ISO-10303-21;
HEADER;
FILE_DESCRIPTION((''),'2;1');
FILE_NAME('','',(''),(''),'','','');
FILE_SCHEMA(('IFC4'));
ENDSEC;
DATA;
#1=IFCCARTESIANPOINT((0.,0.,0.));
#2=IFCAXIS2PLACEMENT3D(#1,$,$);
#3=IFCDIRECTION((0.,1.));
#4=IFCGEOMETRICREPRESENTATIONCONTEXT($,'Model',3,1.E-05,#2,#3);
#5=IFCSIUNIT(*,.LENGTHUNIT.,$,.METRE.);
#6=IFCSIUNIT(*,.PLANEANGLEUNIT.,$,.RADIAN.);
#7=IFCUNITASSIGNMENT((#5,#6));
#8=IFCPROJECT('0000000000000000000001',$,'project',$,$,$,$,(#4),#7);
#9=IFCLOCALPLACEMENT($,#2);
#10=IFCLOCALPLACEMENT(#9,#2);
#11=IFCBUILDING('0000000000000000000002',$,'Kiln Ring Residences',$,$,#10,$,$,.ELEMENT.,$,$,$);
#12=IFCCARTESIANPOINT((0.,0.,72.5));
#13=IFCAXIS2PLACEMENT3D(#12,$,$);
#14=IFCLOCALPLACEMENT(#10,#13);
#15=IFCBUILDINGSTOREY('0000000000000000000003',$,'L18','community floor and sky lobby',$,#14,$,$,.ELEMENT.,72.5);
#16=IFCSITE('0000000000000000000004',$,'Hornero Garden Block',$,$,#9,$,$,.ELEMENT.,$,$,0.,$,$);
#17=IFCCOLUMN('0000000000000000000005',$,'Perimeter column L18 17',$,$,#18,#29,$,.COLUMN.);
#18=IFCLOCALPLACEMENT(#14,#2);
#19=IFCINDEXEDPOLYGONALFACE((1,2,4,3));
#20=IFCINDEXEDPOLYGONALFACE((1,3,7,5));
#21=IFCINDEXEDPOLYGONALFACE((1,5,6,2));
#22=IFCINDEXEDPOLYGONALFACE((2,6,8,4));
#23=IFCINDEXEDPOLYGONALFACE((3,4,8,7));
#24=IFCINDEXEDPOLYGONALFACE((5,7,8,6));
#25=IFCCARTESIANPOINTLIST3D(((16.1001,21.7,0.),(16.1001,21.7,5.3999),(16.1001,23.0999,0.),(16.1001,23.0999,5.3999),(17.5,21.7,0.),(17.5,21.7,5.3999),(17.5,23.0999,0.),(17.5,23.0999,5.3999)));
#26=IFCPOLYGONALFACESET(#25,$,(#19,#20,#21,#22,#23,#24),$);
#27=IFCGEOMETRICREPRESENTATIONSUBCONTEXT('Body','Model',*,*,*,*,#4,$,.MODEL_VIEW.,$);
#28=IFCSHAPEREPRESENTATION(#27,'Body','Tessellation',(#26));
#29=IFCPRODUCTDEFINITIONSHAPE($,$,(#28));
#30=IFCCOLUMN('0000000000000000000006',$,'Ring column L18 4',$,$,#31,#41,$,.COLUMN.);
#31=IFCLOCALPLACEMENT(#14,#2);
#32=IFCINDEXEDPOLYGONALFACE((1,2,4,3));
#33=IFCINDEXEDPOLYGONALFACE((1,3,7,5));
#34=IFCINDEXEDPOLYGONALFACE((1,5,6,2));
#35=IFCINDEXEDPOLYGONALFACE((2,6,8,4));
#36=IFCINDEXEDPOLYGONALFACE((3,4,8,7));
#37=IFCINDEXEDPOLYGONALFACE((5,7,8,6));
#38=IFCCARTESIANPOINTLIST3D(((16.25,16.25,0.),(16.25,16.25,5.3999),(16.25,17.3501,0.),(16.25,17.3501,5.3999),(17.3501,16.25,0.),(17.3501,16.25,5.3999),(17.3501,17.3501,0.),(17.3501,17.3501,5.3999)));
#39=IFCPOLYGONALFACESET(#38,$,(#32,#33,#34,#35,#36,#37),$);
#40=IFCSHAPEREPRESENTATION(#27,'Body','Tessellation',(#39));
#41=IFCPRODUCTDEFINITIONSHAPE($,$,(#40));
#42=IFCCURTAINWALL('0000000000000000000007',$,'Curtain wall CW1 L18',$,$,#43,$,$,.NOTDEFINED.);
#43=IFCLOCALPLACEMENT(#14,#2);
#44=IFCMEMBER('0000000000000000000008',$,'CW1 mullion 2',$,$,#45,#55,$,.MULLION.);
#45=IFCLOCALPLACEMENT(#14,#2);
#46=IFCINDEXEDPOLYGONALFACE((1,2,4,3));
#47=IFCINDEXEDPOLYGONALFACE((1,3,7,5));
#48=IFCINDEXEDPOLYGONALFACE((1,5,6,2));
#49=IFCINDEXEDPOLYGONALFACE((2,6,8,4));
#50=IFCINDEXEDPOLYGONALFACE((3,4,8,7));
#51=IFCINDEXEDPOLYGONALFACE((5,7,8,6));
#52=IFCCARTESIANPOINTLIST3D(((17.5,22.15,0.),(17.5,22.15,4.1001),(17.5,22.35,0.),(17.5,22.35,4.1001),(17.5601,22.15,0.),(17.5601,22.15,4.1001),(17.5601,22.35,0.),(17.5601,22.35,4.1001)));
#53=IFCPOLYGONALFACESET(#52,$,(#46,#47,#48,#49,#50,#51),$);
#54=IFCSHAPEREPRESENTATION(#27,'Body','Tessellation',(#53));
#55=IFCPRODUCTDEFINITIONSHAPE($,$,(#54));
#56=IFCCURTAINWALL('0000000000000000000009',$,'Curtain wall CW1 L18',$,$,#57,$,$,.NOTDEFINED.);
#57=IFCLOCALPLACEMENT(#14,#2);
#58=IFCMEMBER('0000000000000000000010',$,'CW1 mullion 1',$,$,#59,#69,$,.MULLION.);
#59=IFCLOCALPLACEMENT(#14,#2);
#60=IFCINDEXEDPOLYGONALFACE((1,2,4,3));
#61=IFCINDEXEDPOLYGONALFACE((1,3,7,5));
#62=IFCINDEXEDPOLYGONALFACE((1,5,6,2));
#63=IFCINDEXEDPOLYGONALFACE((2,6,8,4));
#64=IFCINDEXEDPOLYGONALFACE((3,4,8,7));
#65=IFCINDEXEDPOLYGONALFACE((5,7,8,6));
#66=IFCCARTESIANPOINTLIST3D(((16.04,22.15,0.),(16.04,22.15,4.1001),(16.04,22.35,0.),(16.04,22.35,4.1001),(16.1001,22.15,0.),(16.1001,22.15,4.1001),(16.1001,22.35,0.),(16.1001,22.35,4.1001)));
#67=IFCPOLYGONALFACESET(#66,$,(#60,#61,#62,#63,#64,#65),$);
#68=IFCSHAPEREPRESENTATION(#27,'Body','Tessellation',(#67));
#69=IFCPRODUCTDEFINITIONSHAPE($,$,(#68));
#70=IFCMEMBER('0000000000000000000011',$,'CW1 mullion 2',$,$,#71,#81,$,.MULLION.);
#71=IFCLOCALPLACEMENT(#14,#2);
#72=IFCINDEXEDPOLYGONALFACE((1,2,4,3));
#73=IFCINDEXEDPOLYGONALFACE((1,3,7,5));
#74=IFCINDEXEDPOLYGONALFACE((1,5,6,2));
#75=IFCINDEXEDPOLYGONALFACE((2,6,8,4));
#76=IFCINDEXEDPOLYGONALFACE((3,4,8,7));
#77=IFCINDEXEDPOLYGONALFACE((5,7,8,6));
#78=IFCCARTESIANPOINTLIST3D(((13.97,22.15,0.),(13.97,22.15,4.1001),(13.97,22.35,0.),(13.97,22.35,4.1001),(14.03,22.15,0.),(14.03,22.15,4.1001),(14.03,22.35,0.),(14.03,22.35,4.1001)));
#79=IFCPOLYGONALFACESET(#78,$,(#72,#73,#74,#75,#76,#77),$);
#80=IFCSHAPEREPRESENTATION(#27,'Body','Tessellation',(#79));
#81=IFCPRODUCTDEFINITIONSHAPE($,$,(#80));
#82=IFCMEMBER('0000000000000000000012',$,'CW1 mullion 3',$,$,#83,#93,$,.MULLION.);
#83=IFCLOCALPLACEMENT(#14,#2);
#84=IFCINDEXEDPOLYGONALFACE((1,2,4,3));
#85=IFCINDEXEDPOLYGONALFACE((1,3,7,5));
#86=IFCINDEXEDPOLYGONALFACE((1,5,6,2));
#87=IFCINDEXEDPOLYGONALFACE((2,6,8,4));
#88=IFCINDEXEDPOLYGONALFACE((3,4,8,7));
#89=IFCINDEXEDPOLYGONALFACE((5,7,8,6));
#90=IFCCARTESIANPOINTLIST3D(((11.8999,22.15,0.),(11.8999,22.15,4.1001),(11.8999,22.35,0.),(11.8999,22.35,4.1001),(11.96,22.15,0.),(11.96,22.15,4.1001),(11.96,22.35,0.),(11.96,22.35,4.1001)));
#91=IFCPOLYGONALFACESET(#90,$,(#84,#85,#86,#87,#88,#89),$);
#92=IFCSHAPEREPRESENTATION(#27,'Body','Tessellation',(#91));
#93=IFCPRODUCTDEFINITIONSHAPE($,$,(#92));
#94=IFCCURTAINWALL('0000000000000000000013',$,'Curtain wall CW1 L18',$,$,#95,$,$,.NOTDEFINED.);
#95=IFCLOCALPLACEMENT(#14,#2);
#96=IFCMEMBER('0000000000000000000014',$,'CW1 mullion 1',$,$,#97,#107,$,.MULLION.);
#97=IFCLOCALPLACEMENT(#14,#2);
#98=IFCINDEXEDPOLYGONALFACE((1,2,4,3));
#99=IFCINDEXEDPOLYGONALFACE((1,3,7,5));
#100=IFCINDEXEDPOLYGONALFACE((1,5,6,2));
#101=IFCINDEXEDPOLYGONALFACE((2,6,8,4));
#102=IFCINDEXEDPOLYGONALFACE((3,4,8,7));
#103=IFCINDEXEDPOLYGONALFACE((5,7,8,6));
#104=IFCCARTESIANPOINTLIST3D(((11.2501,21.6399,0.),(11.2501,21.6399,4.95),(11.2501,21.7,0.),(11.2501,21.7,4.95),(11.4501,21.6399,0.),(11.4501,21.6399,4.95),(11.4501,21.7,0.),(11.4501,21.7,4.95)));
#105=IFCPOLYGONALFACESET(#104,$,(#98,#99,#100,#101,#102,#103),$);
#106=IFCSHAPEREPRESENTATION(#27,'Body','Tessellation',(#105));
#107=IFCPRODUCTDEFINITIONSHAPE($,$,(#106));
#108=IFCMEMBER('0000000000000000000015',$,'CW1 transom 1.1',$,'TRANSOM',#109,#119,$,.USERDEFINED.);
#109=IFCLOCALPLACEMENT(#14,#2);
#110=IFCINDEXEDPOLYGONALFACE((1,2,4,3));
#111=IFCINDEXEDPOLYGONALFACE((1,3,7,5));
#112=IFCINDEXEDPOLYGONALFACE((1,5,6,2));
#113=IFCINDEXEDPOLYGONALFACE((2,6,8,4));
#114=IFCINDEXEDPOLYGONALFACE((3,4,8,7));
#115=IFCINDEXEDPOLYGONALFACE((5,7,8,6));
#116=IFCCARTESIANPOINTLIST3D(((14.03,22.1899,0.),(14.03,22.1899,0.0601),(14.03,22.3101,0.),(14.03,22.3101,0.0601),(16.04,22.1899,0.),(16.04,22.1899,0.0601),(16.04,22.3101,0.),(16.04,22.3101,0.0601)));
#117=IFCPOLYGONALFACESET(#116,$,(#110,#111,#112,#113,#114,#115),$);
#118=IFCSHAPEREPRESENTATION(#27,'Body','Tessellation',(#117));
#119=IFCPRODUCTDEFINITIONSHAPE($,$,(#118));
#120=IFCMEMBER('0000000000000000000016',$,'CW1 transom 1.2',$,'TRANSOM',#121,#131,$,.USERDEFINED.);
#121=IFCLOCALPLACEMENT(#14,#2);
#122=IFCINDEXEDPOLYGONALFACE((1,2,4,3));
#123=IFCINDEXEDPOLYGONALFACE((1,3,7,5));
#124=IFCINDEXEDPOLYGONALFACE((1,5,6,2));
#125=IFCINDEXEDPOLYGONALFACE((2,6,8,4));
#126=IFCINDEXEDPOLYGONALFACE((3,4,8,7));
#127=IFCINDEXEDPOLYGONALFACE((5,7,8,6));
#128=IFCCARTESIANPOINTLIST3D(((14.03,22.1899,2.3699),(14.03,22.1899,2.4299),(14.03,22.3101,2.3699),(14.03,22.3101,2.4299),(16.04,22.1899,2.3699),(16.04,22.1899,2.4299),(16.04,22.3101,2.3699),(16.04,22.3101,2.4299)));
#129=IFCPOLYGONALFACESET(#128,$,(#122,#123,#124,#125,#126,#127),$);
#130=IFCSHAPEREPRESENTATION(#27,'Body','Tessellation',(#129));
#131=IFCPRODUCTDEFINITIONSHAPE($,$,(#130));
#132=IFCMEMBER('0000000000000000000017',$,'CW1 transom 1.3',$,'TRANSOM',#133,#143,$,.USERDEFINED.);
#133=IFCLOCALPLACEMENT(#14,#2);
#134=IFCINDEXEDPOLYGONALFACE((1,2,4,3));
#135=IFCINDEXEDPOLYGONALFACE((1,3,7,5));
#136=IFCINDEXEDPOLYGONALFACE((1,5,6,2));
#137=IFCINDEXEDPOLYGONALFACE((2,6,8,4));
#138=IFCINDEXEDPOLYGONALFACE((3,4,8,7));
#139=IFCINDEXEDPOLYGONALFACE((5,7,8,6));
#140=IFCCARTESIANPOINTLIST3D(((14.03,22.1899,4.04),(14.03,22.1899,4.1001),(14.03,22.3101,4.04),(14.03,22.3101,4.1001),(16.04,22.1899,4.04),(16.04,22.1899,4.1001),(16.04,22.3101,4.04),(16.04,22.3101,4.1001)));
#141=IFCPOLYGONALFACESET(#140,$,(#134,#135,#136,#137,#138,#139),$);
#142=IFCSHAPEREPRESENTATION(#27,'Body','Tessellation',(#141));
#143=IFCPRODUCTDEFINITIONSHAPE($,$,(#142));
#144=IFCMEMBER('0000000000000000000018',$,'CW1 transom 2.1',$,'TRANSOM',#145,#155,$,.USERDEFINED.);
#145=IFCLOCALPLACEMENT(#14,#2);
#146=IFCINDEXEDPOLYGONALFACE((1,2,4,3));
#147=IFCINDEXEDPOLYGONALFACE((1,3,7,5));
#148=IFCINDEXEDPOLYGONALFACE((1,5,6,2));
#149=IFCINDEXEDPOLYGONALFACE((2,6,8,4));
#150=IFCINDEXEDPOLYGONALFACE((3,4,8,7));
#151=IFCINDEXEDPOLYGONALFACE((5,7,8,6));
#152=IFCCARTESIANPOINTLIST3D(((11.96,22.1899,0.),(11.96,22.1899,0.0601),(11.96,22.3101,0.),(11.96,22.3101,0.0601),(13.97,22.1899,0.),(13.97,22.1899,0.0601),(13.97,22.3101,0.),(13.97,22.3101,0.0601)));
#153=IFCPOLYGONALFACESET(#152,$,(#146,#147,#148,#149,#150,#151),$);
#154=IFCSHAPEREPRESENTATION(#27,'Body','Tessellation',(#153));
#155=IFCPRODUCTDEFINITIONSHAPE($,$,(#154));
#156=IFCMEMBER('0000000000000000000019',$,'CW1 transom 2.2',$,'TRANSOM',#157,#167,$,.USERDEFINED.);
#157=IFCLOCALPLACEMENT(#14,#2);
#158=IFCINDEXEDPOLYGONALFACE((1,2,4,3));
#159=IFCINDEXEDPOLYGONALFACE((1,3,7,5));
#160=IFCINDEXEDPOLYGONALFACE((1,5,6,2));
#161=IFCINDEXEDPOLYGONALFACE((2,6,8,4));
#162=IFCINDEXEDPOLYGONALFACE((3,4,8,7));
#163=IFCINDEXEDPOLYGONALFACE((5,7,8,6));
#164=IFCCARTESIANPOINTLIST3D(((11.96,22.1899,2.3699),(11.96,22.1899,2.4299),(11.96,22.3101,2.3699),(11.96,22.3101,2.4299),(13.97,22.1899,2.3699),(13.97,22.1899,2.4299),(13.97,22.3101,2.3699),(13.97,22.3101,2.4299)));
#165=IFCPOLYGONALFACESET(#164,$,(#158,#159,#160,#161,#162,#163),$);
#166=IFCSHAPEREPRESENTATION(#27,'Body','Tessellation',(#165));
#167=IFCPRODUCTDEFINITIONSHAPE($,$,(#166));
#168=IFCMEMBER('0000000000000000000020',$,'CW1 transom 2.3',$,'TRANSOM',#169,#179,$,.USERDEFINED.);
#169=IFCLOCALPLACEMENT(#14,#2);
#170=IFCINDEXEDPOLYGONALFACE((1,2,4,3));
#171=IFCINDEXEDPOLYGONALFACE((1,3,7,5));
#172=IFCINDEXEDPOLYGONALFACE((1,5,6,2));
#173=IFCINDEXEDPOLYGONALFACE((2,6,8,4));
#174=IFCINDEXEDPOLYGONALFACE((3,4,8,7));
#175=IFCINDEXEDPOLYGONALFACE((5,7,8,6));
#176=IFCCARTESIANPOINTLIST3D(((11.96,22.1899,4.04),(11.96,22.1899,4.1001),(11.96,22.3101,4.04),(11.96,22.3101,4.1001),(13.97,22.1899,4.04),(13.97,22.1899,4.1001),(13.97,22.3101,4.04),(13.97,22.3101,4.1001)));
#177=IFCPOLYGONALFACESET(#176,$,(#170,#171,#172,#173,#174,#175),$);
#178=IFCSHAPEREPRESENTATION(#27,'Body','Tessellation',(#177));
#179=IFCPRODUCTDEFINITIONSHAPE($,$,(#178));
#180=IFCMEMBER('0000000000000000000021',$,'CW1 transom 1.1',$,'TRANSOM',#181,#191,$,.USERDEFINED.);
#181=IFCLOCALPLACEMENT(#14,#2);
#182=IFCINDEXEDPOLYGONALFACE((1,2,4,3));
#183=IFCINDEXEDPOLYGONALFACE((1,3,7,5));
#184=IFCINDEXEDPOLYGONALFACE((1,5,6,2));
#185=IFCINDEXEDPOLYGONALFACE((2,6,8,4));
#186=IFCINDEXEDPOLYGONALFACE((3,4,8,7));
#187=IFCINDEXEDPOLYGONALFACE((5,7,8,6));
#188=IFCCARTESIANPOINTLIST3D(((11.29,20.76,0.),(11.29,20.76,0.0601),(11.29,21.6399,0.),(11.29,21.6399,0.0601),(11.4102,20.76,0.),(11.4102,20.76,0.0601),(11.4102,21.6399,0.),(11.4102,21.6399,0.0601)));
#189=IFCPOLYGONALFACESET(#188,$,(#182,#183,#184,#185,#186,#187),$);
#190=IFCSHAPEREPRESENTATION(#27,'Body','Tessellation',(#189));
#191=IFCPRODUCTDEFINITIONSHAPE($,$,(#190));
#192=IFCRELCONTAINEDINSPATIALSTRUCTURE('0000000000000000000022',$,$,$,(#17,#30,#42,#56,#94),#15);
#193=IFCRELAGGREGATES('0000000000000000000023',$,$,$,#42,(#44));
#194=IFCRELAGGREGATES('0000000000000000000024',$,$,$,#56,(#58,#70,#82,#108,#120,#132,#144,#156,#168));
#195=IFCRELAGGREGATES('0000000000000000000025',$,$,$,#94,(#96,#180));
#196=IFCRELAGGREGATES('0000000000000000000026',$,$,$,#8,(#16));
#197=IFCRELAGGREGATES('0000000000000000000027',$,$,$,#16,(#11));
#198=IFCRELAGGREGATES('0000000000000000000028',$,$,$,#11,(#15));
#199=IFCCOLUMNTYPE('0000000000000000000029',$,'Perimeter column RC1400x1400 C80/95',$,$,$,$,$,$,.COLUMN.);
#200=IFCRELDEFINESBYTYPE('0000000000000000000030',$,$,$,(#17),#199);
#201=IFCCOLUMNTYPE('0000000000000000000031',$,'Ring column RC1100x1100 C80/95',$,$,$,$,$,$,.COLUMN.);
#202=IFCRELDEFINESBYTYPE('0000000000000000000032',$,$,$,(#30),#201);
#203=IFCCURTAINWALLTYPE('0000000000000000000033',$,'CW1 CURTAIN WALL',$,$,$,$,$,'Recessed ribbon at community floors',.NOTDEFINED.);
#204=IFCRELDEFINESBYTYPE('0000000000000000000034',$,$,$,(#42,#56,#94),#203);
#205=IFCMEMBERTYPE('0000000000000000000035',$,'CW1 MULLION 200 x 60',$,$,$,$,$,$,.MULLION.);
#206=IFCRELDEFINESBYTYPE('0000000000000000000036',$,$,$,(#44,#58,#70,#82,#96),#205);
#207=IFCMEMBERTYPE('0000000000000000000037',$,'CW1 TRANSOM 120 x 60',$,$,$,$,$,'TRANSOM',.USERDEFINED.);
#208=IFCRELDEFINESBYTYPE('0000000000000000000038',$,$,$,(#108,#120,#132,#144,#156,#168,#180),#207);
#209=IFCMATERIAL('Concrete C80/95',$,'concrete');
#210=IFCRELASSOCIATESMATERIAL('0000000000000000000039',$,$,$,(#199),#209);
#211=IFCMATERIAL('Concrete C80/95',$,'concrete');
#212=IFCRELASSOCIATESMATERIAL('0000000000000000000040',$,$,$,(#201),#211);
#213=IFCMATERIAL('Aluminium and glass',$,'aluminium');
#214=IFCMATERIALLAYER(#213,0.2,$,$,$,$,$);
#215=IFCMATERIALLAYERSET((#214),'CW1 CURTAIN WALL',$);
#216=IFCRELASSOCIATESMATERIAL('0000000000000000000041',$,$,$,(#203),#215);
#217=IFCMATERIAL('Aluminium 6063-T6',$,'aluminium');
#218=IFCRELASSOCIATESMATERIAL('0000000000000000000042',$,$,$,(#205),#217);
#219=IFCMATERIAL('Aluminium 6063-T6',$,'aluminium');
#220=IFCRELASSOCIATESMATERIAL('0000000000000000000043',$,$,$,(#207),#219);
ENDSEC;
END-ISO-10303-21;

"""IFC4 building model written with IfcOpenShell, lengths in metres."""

from ifc_helpers import new_model, si_unit, direction, frame, origin, origin_2d, place, context, subcontext, project, spatial, rectangle, extrude, material, layer, layer_set, material_profile, profile_set, type_object, element, aggregate, save


model = new_model("IFC4")

# Units and contexts
model_context = context("Model", 3, precision=1e-05, world=origin(), true_north=direction((0.0, 1.0)))
body_context = subcontext(model_context, "Body", "Model", "MODEL_VIEW")
ifc_project = project(units=[si_unit("LENGTHUNIT", "METRE"), si_unit("PLANEANGLEUNIT", "RADIAN")], contexts=[model_context])

# Site, building, storey
site_placement = place(None, origin())
site = spatial("IfcSite", under=ifc_project, at=site_placement, Name="Hornero Garden Block", CompositionType="ELEMENT", RefElevation=0.0)
building_placement = place(site_placement, origin())
building = spatial("IfcBuilding", under=site, at=building_placement, Name="Kiln Ring Residences", CompositionType="ELEMENT")
storey_placement = place(building_placement, frame((0.0, 0.0, 72.5)))
storey = spatial("IfcBuildingStorey", under=building, at=storey_placement, Name="L18", Description="community floor and sky lobby", CompositionType="ELEMENT", Elevation=72.5)

# Columns
ifc_material_1 = material(Name="Concrete C80/95", Category="concrete")
ifc_material_profile_1 = material_profile(ifc_material_1, rectangle(XDim=1.3999, YDim=1.3999, at=origin_2d()), Name="RC1400x1400")
ifc_profile_set_1 = profile_set([ifc_material_profile_1], Name="Concrete C80/95")
column_type_1 = type_object("IfcColumnType", Name="Perimeter column RC1400x1400 C80/95", PredefinedType="COLUMN", material=ifc_profile_set_1)
column_1_placement = place(storey_placement, frame((16.8, 22.3999, 0.0), z_axis=(0.0, 0.0, 1.0), x_axis=(1.0, 0.0, 0.0)))
element("IfcColumn", 1, at=column_1_placement, inside=storey, type_object=column_type_1, Name="Perimeter column L18 17", PredefinedType="COLUMN", context=body_context, shape_type="SweptSolid", body=[
    extrude(rectangle(XDim=1.3999, YDim=1.3999, at=origin_2d()), origin(), (0.0, 0.0, 1.0), 5.3999),
])
ifc_material_2 = material(Name="Concrete C80/95", Category="concrete")
ifc_material_profile_2 = material_profile(ifc_material_2, rectangle(XDim=1.1001, YDim=1.1001, at=origin_2d()), Name="RC1100x1100")
ifc_profile_set_2 = profile_set([ifc_material_profile_2], Name="Concrete C80/95")
column_type_2 = type_object("IfcColumnType", Name="Ring column RC1100x1100 C80/95", PredefinedType="COLUMN", material=ifc_profile_set_2)
column_2_placement = place(storey_placement, frame((16.8, 16.8, 0.0), z_axis=(0.0, 0.0, 1.0), x_axis=(1.0, 0.0, 0.0)))
element("IfcColumn", 2, at=column_2_placement, inside=storey, type_object=column_type_2, Name="Ring column L18 4", PredefinedType="COLUMN", context=body_context, shape_type="SweptSolid", body=[
    extrude(rectangle(XDim=1.1001, YDim=1.1001, at=origin_2d()), origin(), (0.0, 0.0, 1.0), 5.3999),
])

# Curtain wall, member
ifc_material_3 = material(Name="Aluminium and glass", Category="aluminium")
ifc_layer_1 = layer(ifc_material_3, 0.2)
ifc_layer_set_1 = layer_set([ifc_layer_1], Name="CW1 CURTAIN WALL")
curtain_wall_type = type_object("IfcCurtainWallType", Name="CW1 CURTAIN WALL", ElementType="Recessed ribbon at community floors", PredefinedType="NOTDEFINED", material=ifc_layer_set_1)
placement = place(storey_placement, origin())
curtain_wall_1 = element("IfcCurtainWall", 3, at=placement, inside=storey, type_object=curtain_wall_type, Name="Curtain wall CW1 L18", PredefinedType="NOTDEFINED")
ifc_material_4 = material(Name="Aluminium 6063-T6", Category="aluminium")
ifc_material_profile_3 = material_profile(ifc_material_4, rectangle(XDim=0.2, YDim=0.0601, at=origin_2d()), Name="AL 200x60")
ifc_profile_set_3 = profile_set([ifc_material_profile_3], Name="Aluminium 6063-T6")
member_type_1 = type_object("IfcMemberType", Name="CW1 MULLION 200 x 60", PredefinedType="MULLION", material=ifc_profile_set_3)
member_1_placement = place(storey_placement, frame((17.53, 22.25, 0.0), z_axis=(0.0, 0.0, 1.0), x_axis=(0.0, -1.0, 0.0)))
member_1 = element("IfcMember", 4, at=member_1_placement, type_object=member_type_1, Name="CW1 mullion 2", PredefinedType="MULLION", context=body_context, shape_type="SweptSolid", body=[
    extrude(rectangle(XDim=0.2, YDim=0.0601, at=origin_2d()), origin(), (0.0, 0.0, 1.0), 4.1001),
])

# Curtain wall, members
curtain_wall_2 = element("IfcCurtainWall", 5, at=placement, inside=storey, type_object=curtain_wall_type, Name="Curtain wall CW1 L18", PredefinedType="NOTDEFINED")
member_2_placement = place(storey_placement, frame((16.0701, 22.25, 0.0), z_axis=(0.0, 0.0, 1.0), x_axis=(0.0, -1.0, 0.0)))
member_2 = element("IfcMember", 6, at=member_2_placement, type_object=member_type_1, Name="CW1 mullion 1", PredefinedType="MULLION", context=body_context, shape_type="SweptSolid", body=[
    extrude(rectangle(XDim=0.2, YDim=0.0601, at=origin_2d()), origin(), (0.0, 0.0, 1.0), 4.1001),
])
member_3_placement = place(storey_placement, frame((14.0, 22.25, 0.0), z_axis=(0.0, 0.0, 1.0), x_axis=(0.0, -1.0, 0.0)))
member_3 = element("IfcMember", 7, at=member_3_placement, type_object=member_type_1, Name="CW1 mullion 2", PredefinedType="MULLION", context=body_context, shape_type="SweptSolid", body=[
    extrude(rectangle(XDim=0.2, YDim=0.0601, at=origin_2d()), origin(), (0.0, 0.0, 1.0), 4.1001),
])
member_4_placement = place(storey_placement, frame((11.9299, 22.25, 0.0), z_axis=(0.0, 0.0, 1.0), x_axis=(0.0, -1.0, 0.0)))
member_4 = element("IfcMember", 8, at=member_4_placement, type_object=member_type_1, Name="CW1 mullion 3", PredefinedType="MULLION", context=body_context, shape_type="SweptSolid", body=[
    extrude(rectangle(XDim=0.2, YDim=0.0601, at=origin_2d()), origin(), (0.0, 0.0, 1.0), 4.1001),
])

# Curtain wall, member
curtain_wall_3 = element("IfcCurtainWall", 9, at=placement, inside=storey, type_object=curtain_wall_type, Name="Curtain wall CW1 L18", PredefinedType="NOTDEFINED")
member_5_placement = place(storey_placement, frame((11.3501, 21.6699, 0.0), z_axis=(0.0, 0.0, 1.0), x_axis=(1.0, 0.0, 0.0)))
member_5 = element("IfcMember", 10, at=member_5_placement, type_object=member_type_1, Name="CW1 mullion 1", PredefinedType="MULLION", context=body_context, shape_type="SweptSolid", body=[
    extrude(rectangle(XDim=0.2, YDim=0.0601, at=origin_2d()), origin(), (0.0, 0.0, 1.0), 4.95),
])

# Members
ifc_material_5 = material(Name="Aluminium 6063-T6", Category="aluminium")
ifc_material_profile_4 = material_profile(ifc_material_5, rectangle(XDim=0.1201, YDim=0.0601, at=origin_2d()), Name="AL 120x60")
ifc_profile_set_4 = profile_set([ifc_material_profile_4], Name="Aluminium 6063-T6")
member_type_2 = type_object("IfcMemberType", Name="CW1 TRANSOM 120 x 60", ElementType="TRANSOM", PredefinedType="USERDEFINED", material=ifc_profile_set_4)
member_6_placement = place(storey_placement, frame((16.04, 22.25, 0.03), z_axis=(-1.0, 0.0, 0.0), x_axis=(0.0, -1.0, 0.0)))
member_6 = element("IfcMember", 11, at=member_6_placement, type_object=member_type_2, Name="CW1 transom 1.1", ObjectType="TRANSOM", PredefinedType="USERDEFINED", context=body_context, shape_type="SweptSolid", body=[
    extrude(rectangle(XDim=0.1201, YDim=0.0601, at=origin_2d()), origin(), (0.0, 0.0, 1.0), 2.01),
])
member_7_placement = place(storey_placement, frame((16.04, 22.25, 2.3999), z_axis=(-1.0, 0.0, 0.0), x_axis=(0.0, -1.0, 0.0)))
member_7 = element("IfcMember", 12, at=member_7_placement, type_object=member_type_2, Name="CW1 transom 1.2", ObjectType="TRANSOM", PredefinedType="USERDEFINED", context=body_context, shape_type="SweptSolid", body=[
    extrude(rectangle(XDim=0.1201, YDim=0.0601, at=origin_2d()), origin(), (0.0, 0.0, 1.0), 2.01),
])
member_8_placement = place(storey_placement, frame((16.04, 22.25, 4.0701), z_axis=(-1.0, 0.0, 0.0), x_axis=(0.0, -1.0, 0.0)))
member_8 = element("IfcMember", 13, at=member_8_placement, type_object=member_type_2, Name="CW1 transom 1.3", ObjectType="TRANSOM", PredefinedType="USERDEFINED", context=body_context, shape_type="SweptSolid", body=[
    extrude(rectangle(XDim=0.1201, YDim=0.0601, at=origin_2d()), origin(), (0.0, 0.0, 1.0), 2.01),
])
member_9_placement = place(storey_placement, frame((13.97, 22.25, 0.03), z_axis=(-1.0, 0.0, 0.0), x_axis=(0.0, -1.0, 0.0)))
member_9 = element("IfcMember", 14, at=member_9_placement, type_object=member_type_2, Name="CW1 transom 2.1", ObjectType="TRANSOM", PredefinedType="USERDEFINED", context=body_context, shape_type="SweptSolid", body=[
    extrude(rectangle(XDim=0.1201, YDim=0.0601, at=origin_2d()), origin(), (0.0, 0.0, 1.0), 2.01),
])
member_10_placement = place(storey_placement, frame((13.97, 22.25, 2.3999), z_axis=(-1.0, 0.0, 0.0), x_axis=(0.0, -1.0, 0.0)))
member_10 = element("IfcMember", 15, at=member_10_placement, type_object=member_type_2, Name="CW1 transom 2.2", ObjectType="TRANSOM", PredefinedType="USERDEFINED", context=body_context, shape_type="SweptSolid", body=[
    extrude(rectangle(XDim=0.1201, YDim=0.0601, at=origin_2d()), origin(), (0.0, 0.0, 1.0), 2.01),
])
member_11_placement = place(storey_placement, frame((13.97, 22.25, 4.0701), z_axis=(-1.0, 0.0, 0.0), x_axis=(0.0, -1.0, 0.0)))
member_11 = element("IfcMember", 16, at=member_11_placement, type_object=member_type_2, Name="CW1 transom 2.3", ObjectType="TRANSOM", PredefinedType="USERDEFINED", context=body_context, shape_type="SweptSolid", body=[
    extrude(rectangle(XDim=0.1201, YDim=0.0601, at=origin_2d()), origin(), (0.0, 0.0, 1.0), 2.01),
])
member_12_placement = place(storey_placement, frame((11.3501, 21.6399, 0.03), z_axis=(0.0, -1.0, 0.0), x_axis=(1.0, 0.0, 0.0)))
member_12 = element("IfcMember", 17, at=member_12_placement, type_object=member_type_2, Name="CW1 transom 1.1", ObjectType="TRANSOM", PredefinedType="USERDEFINED", context=body_context, shape_type="SweptSolid", body=[
    extrude(rectangle(XDim=0.1201, YDim=0.0601, at=origin_2d()), origin(), (0.0, 0.0, 1.0), 0.8799),
])

aggregate(curtain_wall_1, [member_1])
aggregate(curtain_wall_2, [member_2, member_3, member_4, member_6, member_7, member_8, member_9, member_10, member_11])
aggregate(curtain_wall_3, [member_5, member_12])

save(model, "model.ifc")
